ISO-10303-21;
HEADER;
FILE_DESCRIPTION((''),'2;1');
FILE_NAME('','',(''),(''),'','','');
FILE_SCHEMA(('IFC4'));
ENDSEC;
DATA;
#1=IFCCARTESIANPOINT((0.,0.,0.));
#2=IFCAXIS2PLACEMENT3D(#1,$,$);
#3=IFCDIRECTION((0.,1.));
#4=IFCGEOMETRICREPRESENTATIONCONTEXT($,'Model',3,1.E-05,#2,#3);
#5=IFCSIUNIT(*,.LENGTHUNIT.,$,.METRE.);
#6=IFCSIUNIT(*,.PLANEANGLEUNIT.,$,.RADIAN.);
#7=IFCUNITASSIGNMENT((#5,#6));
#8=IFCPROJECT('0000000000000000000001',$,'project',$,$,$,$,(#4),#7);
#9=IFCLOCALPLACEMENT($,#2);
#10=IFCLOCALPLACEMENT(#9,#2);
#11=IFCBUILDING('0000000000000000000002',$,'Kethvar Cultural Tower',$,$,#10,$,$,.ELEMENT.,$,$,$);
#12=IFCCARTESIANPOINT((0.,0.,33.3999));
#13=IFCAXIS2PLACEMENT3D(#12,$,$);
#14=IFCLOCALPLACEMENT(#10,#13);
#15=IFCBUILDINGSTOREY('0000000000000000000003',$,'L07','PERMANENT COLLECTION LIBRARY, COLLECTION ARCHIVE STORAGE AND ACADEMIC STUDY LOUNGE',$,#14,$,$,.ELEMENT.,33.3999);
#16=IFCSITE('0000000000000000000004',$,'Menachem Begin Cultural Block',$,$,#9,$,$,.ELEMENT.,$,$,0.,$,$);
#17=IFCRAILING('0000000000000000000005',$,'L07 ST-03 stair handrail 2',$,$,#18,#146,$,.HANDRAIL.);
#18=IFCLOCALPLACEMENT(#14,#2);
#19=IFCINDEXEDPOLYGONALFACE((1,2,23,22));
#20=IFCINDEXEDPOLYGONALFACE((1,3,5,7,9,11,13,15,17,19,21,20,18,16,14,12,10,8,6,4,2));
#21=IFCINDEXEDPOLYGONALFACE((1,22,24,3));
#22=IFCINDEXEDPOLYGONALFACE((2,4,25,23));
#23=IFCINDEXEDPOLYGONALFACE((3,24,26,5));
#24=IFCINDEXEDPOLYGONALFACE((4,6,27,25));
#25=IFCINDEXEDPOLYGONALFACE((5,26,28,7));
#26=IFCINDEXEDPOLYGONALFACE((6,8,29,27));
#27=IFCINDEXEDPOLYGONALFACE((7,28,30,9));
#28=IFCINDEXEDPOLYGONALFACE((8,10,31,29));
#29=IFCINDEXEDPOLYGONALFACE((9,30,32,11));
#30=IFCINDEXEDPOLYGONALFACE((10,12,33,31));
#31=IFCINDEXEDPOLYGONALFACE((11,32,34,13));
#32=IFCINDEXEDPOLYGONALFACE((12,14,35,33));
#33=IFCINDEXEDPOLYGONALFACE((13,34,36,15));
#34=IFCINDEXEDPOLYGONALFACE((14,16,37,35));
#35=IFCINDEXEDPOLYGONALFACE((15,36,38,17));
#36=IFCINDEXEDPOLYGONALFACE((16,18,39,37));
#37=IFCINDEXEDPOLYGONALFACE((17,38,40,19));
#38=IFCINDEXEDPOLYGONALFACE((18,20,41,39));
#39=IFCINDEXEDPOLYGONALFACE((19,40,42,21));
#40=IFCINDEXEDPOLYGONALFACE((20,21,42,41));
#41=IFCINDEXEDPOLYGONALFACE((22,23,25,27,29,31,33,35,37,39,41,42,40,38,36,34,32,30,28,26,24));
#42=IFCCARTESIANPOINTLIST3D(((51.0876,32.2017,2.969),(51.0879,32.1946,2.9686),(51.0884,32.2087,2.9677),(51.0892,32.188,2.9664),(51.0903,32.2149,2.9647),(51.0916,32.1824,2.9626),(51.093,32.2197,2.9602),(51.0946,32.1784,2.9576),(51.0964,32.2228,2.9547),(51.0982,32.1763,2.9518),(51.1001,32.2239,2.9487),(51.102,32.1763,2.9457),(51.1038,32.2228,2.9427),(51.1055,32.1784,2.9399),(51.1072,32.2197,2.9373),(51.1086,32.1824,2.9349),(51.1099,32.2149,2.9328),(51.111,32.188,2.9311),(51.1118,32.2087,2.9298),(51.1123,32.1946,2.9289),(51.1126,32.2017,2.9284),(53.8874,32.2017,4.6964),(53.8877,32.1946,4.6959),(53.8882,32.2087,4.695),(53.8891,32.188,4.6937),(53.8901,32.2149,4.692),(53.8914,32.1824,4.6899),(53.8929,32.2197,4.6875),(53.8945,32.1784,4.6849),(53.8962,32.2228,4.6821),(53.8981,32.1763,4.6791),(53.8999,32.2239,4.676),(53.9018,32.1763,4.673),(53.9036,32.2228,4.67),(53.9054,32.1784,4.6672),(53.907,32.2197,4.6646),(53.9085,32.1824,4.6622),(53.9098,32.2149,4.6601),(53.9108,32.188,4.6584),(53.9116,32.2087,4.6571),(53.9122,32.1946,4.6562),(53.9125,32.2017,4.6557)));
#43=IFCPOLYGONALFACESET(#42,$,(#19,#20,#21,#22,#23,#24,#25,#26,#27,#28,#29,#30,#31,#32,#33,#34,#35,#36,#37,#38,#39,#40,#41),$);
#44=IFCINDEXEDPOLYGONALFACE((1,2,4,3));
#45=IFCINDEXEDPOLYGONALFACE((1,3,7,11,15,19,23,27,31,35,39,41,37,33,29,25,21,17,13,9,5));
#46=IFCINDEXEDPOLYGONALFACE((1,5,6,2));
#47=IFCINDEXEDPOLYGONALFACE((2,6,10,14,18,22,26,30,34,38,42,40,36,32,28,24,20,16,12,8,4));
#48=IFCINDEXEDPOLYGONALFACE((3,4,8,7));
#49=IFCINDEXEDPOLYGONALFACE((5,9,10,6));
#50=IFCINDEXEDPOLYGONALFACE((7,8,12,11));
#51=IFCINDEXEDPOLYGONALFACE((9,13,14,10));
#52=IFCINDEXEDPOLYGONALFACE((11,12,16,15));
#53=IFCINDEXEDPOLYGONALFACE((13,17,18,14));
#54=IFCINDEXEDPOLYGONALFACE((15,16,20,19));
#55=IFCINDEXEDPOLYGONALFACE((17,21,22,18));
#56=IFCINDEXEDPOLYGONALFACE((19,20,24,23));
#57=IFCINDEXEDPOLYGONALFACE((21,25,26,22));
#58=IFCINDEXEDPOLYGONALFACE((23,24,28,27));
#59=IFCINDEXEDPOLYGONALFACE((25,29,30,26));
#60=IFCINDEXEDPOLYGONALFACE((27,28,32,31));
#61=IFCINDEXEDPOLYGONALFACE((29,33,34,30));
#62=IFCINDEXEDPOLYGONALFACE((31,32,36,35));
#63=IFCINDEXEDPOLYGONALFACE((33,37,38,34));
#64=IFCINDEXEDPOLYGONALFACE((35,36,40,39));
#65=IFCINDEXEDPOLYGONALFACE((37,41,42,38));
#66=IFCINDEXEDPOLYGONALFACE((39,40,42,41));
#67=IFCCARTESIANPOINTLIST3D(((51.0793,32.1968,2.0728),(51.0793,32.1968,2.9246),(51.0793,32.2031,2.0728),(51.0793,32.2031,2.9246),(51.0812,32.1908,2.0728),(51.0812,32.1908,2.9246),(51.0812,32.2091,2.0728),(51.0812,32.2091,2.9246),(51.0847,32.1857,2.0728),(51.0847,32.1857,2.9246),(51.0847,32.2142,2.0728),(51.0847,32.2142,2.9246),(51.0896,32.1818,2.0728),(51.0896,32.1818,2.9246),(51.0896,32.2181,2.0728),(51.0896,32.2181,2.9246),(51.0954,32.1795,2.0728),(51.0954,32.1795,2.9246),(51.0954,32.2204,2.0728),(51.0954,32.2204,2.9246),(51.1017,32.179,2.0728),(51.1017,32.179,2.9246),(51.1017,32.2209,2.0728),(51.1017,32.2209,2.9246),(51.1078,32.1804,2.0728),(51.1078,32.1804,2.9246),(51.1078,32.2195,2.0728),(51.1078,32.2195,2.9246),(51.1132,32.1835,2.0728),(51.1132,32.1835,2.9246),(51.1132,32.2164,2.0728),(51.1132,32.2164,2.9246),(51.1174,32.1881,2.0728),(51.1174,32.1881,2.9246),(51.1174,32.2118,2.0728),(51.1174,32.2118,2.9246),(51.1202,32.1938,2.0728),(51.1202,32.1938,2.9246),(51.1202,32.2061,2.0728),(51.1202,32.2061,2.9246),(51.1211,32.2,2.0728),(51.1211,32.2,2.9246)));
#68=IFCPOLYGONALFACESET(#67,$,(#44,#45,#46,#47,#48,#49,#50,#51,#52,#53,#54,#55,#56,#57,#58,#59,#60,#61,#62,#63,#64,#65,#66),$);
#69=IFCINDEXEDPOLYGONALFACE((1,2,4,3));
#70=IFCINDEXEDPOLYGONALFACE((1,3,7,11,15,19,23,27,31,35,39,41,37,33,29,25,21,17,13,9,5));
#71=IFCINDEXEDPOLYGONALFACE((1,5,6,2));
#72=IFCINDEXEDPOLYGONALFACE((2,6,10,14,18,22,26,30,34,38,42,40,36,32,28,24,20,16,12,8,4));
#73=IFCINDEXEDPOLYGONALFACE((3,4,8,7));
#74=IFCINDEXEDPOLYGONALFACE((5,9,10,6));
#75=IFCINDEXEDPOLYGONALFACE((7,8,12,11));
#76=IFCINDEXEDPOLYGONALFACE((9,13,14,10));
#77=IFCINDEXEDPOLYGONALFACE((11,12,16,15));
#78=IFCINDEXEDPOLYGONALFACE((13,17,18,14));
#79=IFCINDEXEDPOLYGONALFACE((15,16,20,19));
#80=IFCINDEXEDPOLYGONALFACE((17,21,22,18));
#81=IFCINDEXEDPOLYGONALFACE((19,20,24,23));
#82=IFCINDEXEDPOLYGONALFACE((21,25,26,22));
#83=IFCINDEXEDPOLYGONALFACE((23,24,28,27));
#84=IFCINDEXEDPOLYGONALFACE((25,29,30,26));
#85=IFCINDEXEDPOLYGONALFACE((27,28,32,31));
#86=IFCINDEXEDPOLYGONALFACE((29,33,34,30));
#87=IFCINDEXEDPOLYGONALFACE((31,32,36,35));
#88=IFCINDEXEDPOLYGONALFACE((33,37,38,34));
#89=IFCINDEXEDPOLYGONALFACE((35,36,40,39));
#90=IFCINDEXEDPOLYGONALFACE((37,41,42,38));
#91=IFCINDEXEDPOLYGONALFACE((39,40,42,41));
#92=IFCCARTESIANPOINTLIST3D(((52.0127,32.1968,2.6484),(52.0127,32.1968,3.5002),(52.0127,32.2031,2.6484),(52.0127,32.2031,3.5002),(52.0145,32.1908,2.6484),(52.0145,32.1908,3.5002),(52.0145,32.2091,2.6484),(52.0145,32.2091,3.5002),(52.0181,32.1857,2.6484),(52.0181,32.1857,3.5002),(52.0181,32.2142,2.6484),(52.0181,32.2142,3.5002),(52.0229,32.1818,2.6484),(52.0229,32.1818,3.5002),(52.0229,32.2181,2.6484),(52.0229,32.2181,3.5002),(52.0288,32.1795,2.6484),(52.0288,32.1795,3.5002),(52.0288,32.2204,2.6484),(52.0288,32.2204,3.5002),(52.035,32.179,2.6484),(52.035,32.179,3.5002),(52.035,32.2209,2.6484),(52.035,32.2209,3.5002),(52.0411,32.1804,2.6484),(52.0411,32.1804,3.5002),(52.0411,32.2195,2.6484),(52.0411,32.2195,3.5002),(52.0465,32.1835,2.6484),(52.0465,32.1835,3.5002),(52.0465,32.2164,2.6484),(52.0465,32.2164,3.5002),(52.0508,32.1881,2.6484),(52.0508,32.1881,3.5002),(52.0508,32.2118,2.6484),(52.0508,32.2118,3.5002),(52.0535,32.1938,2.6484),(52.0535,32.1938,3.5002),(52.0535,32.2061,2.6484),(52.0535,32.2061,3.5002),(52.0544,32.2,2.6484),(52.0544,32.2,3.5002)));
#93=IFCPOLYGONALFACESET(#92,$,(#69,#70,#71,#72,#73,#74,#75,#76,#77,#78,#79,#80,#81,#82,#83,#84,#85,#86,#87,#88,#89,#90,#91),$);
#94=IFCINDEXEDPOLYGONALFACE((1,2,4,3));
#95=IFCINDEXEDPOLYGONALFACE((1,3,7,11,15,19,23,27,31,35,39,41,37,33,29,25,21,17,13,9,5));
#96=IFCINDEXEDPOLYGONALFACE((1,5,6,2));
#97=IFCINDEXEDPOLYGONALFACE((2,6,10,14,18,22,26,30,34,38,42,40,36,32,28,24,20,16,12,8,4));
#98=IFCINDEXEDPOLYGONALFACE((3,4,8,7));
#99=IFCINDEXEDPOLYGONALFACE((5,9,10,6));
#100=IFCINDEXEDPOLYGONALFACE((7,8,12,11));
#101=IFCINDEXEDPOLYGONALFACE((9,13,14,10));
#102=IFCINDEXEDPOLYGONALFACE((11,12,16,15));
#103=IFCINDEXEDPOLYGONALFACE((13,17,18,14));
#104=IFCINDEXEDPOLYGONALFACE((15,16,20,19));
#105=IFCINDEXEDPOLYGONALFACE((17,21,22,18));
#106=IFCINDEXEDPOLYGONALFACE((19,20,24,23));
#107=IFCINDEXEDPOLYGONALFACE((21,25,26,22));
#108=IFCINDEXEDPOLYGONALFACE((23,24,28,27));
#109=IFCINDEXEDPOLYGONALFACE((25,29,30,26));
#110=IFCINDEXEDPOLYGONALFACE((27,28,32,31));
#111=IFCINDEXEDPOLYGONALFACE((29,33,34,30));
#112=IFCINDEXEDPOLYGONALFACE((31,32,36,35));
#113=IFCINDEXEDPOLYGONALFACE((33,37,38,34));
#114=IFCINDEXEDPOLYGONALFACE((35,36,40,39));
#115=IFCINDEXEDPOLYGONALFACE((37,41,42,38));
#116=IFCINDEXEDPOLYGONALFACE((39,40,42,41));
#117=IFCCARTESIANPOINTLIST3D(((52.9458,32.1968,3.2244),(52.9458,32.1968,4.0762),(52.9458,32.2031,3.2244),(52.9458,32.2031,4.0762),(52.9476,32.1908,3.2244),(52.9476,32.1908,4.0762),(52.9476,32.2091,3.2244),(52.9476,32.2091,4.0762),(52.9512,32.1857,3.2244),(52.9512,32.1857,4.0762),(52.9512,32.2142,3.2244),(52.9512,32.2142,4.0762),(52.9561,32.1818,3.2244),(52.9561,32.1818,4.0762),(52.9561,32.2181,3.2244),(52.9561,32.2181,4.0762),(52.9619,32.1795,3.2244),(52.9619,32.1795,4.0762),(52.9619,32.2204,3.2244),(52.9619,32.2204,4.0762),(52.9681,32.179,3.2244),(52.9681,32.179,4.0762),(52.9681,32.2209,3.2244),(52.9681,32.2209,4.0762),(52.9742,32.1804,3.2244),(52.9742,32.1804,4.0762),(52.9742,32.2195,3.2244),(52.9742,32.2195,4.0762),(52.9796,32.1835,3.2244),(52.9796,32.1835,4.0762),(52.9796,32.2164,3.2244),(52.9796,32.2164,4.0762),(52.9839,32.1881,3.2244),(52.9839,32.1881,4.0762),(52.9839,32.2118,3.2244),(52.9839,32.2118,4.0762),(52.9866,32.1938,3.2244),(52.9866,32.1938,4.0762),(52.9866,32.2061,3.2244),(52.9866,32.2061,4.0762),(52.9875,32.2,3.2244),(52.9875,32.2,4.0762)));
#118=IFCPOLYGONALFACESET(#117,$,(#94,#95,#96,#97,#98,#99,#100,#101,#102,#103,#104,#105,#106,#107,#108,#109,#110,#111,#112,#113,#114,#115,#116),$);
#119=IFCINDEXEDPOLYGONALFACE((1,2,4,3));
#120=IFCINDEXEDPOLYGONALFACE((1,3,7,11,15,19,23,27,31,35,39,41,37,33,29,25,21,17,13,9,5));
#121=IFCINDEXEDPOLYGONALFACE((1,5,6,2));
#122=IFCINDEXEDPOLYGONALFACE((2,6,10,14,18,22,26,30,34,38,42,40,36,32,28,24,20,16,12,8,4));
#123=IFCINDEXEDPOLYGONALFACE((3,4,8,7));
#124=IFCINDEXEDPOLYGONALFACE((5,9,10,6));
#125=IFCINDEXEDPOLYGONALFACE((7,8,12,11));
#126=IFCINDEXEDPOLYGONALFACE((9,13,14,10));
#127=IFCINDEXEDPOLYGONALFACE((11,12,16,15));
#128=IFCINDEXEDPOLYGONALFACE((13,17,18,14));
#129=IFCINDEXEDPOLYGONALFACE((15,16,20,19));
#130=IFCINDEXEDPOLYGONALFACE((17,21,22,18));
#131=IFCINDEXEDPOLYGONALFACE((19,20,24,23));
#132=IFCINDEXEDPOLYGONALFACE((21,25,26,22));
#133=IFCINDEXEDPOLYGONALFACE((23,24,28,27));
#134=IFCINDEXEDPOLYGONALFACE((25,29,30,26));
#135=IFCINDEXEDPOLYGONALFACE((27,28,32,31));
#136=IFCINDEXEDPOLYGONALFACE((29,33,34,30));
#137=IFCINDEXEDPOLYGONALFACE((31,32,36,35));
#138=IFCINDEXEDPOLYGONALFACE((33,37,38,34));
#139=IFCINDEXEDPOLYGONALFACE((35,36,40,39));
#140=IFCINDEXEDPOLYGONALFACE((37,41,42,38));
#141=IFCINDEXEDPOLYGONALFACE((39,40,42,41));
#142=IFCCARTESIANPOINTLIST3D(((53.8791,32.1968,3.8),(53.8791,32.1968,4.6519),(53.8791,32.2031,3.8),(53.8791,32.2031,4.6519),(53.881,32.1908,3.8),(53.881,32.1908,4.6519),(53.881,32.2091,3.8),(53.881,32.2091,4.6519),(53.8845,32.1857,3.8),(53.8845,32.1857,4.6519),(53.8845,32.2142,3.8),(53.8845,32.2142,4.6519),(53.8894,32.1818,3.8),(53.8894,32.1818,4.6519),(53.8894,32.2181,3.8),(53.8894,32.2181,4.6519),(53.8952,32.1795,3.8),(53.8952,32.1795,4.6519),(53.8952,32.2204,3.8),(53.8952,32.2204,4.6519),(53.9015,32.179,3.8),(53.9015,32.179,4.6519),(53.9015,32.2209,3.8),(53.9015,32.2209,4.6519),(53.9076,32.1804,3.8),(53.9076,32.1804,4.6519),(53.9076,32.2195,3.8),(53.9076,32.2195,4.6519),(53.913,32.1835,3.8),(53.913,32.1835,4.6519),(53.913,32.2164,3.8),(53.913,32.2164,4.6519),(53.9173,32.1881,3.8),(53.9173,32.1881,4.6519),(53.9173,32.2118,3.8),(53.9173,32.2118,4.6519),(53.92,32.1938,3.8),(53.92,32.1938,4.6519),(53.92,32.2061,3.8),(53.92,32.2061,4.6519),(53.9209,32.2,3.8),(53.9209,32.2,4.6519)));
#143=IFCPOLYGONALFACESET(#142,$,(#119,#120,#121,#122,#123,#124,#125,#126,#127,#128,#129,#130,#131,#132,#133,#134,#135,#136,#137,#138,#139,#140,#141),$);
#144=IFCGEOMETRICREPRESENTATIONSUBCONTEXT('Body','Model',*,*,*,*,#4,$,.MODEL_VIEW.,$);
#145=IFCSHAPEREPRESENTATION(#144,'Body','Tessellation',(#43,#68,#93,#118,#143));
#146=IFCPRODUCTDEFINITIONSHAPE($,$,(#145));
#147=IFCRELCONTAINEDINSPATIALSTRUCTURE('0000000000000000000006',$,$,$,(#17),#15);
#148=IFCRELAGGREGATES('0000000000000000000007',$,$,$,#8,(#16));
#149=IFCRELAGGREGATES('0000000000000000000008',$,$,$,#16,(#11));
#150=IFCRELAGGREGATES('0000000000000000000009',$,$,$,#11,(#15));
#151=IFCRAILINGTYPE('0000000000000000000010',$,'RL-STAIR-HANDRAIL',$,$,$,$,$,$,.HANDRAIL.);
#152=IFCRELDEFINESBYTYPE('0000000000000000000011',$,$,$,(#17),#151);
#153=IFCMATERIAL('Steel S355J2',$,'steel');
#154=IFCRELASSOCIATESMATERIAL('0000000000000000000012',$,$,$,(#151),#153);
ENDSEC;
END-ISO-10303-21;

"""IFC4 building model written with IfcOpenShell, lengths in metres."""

from ifc_helpers import new_model, si_unit, direction, frame, origin, origin_2d, place, context, subcontext, project, spatial, circle, extrude, material, type_object, element, save


model = new_model("IFC4")

# Units and contexts
model_context = context("Model", 3, precision=1e-05, world=origin(), true_north=direction((0.0, 1.0)))
body_context = subcontext(model_context, "Body", "Model", "MODEL_VIEW")
ifc_project = project(units=[si_unit("LENGTHUNIT", "METRE"), si_unit("PLANEANGLEUNIT", "RADIAN")], contexts=[model_context])

# Site, building, storey
site_placement = place(None, origin())
site = spatial("IfcSite", under=ifc_project, at=site_placement, Name="Menachem Begin Cultural Block", CompositionType="ELEMENT", RefElevation=0.0)
building_placement = place(site_placement, origin())
building = spatial("IfcBuilding", under=site, at=building_placement, Name="Kethvar Cultural Tower", CompositionType="ELEMENT")
storey_placement = place(building_placement, frame((0.0, 0.0, 33.3999)))
storey = spatial("IfcBuildingStorey", under=building, at=storey_placement, Name="L07", Description="PERMANENT COLLECTION LIBRARY, COLLECTION ARCHIVE STORAGE AND ACADEMIC STUDY LOUNGE", CompositionType="ELEMENT", Elevation=33.3999)

# Shared definitions
ifc_material_1 = material(Name="Steel S355J2", Category="steel")

# Railing
railing_type_1 = type_object("IfcRailingType", Name="RL-STAIR-HANDRAIL", PredefinedType="HANDRAIL", material=ifc_material_1)
railing_1_placement = place(storey_placement, frame((51.1001, 32.2, 2.0728)))
element("IfcRailing", 1, at=railing_1_placement, inside=storey, type_object=railing_type_1, Name="L07 ST-03 stair handrail 2", PredefinedType="HANDRAIL", context=body_context, shape_type="SweptSolid", body=[
    extrude(circle(Radius=0.0239, at=origin_2d()), frame((0.0, 0.0, 0.876), z_axis=(0.851069, 0.0, 0.525054), x_axis=(0.0, 1.0, 0.0)), (0.0, 0.0, 1.0), 3.2898),
    extrude(circle(Radius=0.021, at=origin_2d()), origin(), (0.0, 0.0, 1.0), 0.8518),
    extrude(circle(Radius=0.021, at=origin_2d()), frame((0.9333, 0.0, 0.5757)), (0.0, 0.0, 1.0), 0.8518),
    extrude(circle(Radius=0.021, at=origin_2d()), frame((1.8665, 0.0, 1.1516)), (0.0, 0.0, 1.0), 0.8518),
    extrude(circle(Radius=0.021, at=origin_2d()), frame((2.7998, 0.0, 1.7273)), (0.0, 0.0, 1.0), 0.8518),
])

save(model, "model.ifc")
